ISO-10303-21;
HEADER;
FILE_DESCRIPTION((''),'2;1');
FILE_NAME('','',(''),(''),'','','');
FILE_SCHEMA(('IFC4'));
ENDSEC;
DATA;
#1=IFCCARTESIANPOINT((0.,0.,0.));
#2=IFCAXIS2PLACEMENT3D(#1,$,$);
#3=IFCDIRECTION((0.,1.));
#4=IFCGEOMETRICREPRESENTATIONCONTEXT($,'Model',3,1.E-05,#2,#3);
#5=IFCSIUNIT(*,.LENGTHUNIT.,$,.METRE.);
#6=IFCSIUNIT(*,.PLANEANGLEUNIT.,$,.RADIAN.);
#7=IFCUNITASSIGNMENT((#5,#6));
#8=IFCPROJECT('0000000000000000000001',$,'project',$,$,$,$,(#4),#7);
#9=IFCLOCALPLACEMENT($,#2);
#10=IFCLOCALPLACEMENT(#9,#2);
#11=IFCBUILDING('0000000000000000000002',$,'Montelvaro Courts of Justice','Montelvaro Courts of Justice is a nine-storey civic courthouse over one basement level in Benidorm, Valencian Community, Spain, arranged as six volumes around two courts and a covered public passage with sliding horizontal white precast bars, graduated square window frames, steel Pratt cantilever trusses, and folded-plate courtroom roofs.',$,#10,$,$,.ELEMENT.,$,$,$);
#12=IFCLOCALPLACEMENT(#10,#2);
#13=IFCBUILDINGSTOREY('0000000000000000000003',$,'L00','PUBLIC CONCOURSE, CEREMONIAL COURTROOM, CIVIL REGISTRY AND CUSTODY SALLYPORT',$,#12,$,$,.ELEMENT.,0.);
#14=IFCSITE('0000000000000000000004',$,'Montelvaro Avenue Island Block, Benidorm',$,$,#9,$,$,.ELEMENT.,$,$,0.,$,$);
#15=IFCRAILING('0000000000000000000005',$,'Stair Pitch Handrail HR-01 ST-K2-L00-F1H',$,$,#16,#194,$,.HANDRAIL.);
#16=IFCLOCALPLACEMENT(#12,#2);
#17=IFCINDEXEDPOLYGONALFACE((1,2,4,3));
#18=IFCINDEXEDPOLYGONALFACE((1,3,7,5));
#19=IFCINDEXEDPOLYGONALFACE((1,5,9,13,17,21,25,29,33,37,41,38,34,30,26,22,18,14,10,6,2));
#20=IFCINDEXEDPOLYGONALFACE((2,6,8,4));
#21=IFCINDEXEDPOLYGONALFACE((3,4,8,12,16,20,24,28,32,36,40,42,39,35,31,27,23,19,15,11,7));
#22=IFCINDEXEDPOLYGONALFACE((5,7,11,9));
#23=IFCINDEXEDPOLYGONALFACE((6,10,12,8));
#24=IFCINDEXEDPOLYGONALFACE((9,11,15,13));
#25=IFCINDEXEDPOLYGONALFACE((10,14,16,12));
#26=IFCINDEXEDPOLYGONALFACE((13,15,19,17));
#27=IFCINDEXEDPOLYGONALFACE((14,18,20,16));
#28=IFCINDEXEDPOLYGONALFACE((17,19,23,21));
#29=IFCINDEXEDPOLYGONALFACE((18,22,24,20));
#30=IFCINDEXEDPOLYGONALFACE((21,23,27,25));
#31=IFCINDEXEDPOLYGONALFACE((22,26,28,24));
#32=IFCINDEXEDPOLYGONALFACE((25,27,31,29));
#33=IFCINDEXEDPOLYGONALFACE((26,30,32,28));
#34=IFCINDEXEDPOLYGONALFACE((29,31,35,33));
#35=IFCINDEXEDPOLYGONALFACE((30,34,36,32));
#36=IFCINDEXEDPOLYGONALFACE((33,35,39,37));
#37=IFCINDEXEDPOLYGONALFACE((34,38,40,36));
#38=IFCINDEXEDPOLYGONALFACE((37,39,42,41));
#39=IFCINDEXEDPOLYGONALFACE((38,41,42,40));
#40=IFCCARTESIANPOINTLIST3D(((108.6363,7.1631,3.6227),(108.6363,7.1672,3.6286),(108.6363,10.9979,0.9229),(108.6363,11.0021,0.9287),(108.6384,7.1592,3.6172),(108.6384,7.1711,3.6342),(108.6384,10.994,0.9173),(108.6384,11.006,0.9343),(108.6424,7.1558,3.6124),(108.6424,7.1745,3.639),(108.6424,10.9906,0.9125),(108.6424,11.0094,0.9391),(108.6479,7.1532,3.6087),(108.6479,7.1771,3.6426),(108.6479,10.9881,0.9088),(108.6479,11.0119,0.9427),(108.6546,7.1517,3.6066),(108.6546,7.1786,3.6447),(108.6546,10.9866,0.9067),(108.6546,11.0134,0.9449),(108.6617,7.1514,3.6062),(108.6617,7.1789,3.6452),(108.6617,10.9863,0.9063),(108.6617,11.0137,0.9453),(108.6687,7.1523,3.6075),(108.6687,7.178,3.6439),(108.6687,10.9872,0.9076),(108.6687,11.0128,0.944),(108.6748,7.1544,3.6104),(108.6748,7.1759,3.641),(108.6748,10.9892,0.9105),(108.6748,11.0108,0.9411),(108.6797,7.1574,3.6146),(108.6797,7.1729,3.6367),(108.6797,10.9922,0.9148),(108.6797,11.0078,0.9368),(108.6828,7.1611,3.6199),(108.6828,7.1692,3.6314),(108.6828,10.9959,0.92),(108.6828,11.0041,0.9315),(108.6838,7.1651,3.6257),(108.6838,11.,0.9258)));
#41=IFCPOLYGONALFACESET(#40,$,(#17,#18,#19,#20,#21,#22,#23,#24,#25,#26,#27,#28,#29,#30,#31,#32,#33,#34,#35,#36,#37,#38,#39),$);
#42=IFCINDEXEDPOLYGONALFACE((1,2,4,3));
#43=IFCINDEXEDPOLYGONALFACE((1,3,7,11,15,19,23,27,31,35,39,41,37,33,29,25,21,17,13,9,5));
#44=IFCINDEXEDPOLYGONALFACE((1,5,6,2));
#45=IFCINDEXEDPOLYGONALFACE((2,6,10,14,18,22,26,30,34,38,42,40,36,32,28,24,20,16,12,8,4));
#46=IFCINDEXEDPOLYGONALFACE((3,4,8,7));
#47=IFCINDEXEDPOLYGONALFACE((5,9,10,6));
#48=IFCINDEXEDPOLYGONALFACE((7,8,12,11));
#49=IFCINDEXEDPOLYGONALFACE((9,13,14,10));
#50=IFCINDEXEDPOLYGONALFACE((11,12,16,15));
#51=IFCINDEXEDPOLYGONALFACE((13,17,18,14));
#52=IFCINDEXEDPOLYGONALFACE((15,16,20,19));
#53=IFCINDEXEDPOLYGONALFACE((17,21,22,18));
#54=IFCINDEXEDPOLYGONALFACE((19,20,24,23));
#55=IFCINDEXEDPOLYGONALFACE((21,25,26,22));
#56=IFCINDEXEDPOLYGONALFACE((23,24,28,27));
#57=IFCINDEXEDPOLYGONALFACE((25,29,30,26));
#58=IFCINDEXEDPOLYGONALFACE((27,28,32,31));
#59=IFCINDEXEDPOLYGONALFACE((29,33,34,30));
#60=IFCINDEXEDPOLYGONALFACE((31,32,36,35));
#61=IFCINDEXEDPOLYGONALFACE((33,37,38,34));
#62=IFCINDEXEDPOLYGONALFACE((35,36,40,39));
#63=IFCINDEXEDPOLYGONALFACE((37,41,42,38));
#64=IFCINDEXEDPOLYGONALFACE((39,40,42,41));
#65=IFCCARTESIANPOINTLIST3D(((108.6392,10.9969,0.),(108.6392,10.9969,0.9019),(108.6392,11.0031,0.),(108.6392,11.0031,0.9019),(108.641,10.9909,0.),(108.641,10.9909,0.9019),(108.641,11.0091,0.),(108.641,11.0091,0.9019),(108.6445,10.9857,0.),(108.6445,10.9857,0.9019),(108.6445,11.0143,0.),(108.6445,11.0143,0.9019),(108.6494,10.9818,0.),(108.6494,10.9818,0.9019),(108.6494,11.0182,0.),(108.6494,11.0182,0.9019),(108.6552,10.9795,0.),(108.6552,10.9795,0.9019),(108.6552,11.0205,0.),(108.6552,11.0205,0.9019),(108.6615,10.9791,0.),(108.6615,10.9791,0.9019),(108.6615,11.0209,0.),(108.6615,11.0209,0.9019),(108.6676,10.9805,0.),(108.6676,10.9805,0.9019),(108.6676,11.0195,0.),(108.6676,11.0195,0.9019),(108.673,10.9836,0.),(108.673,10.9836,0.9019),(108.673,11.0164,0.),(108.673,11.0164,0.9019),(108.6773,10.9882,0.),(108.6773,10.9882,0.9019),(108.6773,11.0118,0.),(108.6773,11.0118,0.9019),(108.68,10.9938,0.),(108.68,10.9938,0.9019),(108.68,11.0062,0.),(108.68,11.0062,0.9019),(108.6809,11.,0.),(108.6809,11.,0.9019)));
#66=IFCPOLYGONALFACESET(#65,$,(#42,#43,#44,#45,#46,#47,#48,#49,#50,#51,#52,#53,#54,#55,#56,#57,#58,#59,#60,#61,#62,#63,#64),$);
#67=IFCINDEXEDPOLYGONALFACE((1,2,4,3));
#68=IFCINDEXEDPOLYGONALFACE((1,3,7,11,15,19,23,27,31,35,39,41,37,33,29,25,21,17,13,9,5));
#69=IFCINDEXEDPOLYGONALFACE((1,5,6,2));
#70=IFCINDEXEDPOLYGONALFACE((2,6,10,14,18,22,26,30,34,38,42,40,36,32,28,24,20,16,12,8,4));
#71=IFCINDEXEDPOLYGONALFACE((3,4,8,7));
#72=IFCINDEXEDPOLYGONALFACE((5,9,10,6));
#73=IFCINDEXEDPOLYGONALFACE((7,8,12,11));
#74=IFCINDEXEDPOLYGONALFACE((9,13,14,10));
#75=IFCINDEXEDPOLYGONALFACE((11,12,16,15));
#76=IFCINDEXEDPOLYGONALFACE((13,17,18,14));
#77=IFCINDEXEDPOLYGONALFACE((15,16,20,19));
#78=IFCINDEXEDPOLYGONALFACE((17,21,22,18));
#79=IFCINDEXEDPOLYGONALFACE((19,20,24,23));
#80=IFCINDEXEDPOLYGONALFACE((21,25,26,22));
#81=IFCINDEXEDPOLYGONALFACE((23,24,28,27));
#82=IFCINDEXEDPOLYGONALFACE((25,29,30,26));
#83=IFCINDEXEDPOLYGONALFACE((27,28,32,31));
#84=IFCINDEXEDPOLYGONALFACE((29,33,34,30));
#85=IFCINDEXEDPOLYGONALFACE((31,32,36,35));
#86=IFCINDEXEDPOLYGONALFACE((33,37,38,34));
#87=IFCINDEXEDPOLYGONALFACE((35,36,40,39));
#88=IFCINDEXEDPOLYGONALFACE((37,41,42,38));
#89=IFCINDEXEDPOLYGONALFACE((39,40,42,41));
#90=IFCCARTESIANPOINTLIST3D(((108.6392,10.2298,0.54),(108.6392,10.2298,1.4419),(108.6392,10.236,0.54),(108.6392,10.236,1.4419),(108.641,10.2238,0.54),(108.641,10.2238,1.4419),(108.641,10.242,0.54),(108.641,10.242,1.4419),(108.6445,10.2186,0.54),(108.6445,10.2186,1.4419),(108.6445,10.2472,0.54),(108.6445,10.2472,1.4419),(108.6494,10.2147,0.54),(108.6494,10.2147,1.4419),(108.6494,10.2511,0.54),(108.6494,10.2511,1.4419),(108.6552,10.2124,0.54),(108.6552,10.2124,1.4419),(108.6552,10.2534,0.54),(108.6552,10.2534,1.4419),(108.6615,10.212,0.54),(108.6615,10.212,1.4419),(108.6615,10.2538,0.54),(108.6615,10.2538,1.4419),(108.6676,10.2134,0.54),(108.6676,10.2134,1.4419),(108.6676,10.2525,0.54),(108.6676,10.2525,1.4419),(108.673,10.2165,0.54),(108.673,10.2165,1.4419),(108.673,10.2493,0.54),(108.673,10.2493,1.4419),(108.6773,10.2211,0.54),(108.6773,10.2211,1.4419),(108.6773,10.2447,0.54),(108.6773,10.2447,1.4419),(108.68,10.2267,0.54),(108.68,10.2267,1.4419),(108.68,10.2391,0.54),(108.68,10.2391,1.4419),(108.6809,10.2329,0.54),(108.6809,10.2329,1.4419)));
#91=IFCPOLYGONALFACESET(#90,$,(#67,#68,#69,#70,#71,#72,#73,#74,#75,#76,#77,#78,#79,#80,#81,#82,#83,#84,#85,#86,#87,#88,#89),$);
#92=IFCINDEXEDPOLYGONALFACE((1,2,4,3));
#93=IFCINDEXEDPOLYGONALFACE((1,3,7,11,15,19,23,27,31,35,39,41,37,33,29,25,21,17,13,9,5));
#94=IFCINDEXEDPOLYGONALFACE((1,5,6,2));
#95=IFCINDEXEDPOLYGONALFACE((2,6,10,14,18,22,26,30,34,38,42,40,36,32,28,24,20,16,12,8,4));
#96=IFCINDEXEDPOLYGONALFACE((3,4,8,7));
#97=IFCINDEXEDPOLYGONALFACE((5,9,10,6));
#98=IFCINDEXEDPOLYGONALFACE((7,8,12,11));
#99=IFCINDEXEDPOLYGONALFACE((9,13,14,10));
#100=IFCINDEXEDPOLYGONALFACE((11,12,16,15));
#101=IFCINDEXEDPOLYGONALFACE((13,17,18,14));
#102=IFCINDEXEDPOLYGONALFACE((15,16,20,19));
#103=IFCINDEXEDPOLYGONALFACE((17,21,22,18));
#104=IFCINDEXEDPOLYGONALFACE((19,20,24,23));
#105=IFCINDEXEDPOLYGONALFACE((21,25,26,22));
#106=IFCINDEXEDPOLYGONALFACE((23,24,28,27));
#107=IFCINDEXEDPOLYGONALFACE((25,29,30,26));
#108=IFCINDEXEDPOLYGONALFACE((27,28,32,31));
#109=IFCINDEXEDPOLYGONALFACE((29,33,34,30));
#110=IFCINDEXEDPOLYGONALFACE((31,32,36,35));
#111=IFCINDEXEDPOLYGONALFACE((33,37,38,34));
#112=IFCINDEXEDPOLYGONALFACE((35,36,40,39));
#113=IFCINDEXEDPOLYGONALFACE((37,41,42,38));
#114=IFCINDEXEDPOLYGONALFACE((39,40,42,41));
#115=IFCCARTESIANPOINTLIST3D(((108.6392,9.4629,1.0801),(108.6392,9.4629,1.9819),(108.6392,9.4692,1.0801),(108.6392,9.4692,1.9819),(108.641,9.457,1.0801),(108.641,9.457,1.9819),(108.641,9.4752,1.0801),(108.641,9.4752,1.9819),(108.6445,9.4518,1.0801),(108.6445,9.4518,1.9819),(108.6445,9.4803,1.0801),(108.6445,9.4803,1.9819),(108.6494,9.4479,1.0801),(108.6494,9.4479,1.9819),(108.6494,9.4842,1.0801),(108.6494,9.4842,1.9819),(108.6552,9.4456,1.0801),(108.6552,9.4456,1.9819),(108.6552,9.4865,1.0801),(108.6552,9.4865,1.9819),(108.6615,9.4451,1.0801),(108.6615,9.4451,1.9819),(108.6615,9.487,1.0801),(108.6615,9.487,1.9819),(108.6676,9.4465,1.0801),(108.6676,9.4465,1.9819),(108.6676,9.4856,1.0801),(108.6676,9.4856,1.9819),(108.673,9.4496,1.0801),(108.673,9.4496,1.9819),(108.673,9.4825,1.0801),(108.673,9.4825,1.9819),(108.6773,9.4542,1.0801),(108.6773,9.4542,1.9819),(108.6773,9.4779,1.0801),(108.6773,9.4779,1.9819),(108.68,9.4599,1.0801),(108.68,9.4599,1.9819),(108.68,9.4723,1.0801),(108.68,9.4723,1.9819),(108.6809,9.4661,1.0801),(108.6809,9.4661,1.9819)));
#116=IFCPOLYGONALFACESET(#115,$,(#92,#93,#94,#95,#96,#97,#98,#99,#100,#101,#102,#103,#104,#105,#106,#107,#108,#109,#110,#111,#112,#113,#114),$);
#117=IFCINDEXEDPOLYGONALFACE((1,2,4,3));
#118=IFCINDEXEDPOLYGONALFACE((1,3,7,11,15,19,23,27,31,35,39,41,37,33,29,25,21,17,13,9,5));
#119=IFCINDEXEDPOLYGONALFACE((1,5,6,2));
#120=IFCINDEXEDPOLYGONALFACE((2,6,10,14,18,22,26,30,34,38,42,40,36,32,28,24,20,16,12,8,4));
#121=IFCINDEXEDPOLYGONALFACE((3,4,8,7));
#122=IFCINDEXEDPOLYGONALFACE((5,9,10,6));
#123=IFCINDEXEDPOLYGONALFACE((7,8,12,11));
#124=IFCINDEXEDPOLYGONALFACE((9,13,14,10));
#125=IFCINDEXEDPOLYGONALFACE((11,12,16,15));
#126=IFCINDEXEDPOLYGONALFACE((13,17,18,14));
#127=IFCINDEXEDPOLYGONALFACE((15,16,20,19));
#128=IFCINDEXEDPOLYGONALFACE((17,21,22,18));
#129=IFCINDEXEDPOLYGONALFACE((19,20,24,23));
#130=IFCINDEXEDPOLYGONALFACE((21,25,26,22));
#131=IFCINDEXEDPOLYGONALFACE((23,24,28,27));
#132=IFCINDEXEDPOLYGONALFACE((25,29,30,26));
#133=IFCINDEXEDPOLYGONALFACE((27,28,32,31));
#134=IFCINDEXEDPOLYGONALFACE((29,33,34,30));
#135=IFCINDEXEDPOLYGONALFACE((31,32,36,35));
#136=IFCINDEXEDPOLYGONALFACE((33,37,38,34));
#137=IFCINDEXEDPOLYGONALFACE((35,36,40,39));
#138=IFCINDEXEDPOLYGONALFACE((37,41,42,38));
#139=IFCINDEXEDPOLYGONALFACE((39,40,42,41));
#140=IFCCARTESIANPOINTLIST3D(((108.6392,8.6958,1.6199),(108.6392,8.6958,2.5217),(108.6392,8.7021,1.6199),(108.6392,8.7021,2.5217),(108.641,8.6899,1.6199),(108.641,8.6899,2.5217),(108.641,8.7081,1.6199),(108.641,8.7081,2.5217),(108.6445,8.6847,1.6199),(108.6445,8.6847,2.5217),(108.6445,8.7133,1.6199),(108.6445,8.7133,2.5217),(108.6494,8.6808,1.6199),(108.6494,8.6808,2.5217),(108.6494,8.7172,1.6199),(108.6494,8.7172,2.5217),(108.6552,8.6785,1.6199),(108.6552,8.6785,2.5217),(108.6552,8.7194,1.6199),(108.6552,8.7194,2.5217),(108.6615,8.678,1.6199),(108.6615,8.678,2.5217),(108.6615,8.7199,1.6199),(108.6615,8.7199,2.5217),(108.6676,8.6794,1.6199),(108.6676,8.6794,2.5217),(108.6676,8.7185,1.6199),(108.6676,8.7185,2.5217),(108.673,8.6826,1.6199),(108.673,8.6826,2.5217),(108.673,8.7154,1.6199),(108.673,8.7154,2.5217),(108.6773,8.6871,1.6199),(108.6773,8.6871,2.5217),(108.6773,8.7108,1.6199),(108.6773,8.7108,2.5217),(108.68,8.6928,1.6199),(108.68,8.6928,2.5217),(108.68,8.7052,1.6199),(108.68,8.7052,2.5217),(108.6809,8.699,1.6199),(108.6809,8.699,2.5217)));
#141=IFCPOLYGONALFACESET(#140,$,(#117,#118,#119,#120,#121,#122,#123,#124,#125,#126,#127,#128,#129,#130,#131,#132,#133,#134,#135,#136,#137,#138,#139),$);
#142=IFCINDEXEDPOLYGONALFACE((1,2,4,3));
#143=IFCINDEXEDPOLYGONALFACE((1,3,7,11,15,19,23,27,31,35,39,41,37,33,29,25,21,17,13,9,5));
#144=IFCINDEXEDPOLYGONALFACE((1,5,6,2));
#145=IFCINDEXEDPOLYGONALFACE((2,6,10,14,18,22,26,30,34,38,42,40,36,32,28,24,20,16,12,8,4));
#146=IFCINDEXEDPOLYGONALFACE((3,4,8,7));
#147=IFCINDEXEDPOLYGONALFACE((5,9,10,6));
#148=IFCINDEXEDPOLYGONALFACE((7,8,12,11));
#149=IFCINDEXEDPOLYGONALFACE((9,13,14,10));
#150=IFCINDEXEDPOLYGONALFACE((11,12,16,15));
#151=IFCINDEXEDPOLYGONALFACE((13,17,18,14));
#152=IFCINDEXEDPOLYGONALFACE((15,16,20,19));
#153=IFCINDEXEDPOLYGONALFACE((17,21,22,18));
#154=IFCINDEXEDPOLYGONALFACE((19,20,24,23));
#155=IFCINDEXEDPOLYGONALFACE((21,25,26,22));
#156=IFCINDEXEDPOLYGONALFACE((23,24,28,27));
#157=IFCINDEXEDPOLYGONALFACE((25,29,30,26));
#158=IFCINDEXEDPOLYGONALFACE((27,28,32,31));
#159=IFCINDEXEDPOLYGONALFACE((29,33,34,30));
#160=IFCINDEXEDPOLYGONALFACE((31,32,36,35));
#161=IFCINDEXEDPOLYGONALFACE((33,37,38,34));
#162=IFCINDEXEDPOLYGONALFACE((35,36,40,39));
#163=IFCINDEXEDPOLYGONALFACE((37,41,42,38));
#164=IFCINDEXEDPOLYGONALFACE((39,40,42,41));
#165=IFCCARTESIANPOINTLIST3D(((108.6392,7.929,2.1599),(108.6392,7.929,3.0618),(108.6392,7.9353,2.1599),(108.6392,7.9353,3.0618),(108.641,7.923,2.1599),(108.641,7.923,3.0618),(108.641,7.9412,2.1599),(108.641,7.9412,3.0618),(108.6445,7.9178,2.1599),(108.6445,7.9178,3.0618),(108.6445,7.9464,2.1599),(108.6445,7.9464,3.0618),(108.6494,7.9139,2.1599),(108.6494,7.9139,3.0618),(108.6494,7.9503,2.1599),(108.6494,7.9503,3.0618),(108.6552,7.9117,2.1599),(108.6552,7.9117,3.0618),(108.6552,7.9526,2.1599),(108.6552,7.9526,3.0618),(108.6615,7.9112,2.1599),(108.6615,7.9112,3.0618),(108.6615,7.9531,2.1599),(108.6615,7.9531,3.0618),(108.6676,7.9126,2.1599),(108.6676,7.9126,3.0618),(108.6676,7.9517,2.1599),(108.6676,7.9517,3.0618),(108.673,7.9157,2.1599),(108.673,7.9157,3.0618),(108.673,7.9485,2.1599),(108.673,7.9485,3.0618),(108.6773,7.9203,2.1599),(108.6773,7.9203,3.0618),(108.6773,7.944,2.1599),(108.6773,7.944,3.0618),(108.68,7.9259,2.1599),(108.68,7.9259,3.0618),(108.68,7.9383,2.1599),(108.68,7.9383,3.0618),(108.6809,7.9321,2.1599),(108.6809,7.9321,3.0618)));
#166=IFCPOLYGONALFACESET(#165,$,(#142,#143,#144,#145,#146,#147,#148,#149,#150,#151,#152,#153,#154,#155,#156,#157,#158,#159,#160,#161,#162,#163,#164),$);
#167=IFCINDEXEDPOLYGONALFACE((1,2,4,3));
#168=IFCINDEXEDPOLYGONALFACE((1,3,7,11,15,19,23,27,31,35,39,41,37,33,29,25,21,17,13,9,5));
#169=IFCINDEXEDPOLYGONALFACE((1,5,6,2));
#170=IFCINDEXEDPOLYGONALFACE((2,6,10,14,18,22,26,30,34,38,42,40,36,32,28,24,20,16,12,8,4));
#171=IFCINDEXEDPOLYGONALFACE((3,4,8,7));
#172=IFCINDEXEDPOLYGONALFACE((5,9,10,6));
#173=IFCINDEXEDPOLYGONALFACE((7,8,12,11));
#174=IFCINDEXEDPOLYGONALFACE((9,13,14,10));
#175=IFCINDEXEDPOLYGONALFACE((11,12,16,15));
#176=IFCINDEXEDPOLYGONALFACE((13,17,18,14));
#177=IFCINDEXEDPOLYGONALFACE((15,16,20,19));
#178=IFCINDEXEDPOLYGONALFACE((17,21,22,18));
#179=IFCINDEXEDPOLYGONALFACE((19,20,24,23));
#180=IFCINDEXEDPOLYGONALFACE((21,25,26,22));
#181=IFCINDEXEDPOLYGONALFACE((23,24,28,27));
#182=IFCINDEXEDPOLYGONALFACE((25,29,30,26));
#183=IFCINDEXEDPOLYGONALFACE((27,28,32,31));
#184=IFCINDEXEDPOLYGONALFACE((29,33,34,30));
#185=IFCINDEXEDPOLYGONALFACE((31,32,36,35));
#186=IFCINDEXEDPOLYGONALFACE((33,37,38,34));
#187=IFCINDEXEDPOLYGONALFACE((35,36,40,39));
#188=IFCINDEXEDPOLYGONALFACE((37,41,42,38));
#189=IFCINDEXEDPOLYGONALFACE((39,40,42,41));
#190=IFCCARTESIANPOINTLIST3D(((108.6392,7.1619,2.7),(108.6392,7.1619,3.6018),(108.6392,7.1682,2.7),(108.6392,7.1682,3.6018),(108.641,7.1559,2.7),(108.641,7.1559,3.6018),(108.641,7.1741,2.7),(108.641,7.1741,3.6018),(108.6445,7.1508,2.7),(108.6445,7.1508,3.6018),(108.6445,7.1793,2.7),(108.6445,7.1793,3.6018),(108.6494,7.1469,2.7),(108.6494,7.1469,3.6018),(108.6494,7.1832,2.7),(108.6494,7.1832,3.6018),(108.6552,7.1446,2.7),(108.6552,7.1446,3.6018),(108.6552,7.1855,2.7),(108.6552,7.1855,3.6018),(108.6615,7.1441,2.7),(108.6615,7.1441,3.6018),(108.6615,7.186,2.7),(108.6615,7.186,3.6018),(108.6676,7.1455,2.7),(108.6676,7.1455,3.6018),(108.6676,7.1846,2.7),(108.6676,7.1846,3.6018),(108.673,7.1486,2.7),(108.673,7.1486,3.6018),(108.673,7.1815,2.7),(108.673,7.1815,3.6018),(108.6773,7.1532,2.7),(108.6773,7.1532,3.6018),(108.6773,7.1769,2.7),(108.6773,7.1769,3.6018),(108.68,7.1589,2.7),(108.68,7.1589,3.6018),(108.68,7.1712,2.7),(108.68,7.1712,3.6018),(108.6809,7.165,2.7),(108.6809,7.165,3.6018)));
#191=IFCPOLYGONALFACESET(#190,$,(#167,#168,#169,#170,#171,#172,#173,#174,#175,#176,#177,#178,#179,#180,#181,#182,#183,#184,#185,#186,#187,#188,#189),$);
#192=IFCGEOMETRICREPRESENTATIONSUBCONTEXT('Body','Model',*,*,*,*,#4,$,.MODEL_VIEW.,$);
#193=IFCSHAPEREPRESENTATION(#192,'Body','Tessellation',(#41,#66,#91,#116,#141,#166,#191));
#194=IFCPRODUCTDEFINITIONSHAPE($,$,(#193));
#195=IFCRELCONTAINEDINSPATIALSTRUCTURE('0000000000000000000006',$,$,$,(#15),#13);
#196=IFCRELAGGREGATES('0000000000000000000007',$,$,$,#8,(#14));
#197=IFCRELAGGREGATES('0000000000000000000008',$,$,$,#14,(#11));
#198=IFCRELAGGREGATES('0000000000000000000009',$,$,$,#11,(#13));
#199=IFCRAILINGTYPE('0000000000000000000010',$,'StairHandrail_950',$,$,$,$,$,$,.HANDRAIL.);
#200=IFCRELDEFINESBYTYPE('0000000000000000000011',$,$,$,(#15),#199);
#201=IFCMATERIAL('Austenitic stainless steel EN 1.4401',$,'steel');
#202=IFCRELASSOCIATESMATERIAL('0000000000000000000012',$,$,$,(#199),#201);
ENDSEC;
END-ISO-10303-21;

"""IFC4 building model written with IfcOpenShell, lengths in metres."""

from ifc_helpers import new_model, si_unit, direction, frame, origin, origin_2d, place, context, subcontext, project, spatial, circle, extrude, material, type_object, element, save


model = new_model("IFC4")

# Units and contexts
model_context = context("Model", 3, precision=1e-05, world=origin(), true_north=direction((0.0, 1.0)))
body_context = subcontext(model_context, "Body", "Model", "MODEL_VIEW")
ifc_project = project(units=[si_unit("LENGTHUNIT", "METRE"), si_unit("PLANEANGLEUNIT", "RADIAN")], contexts=[model_context])

# Site, building, storey
site_placement = place(None, origin())
site = spatial("IfcSite", under=ifc_project, at=site_placement, Name="Montelvaro Avenue Island Block, Benidorm", CompositionType="ELEMENT", RefElevation=0.0)
building_placement = place(site_placement, origin())
building = spatial("IfcBuilding", under=site, at=building_placement, Name="Montelvaro Courts of Justice", Description="Montelvaro Courts of Justice is a nine-storey civic courthouse over one basement level in Benidorm, Valencian Community, Spain, arranged as six volumes around two courts and a covered public passage with sliding horizontal white precast bars, graduated square window frames, steel Pratt cantilever trusses, and folded-plate courtroom roofs.", CompositionType="ELEMENT")
storey_placement = place(building_placement, origin())
storey = spatial("IfcBuildingStorey", under=building, at=storey_placement, Name="L00", Description="PUBLIC CONCOURSE, CEREMONIAL COURTROOM, CIVIL REGISTRY AND CUSTODY SALLYPORT", CompositionType="ELEMENT", Elevation=0.0)

# Railing
ifc_material_1 = material(Name="Austenitic stainless steel EN 1.4401", Category="steel")
railing_type_1 = type_object("IfcRailingType", Name="StairHandrail_950", PredefinedType="HANDRAIL", material=ifc_material_1)
railing_1_placement = place(storey_placement, frame((108.6599, 11.0, 0.0)))
element("IfcRailing", 1, at=railing_1_placement, inside=storey, type_object=railing_type_1, Name="Stair Pitch Handrail HR-01 ST-K2-L00-F1H", PredefinedType="HANDRAIL", context=body_context, shape_type="SweptSolid", body=[
    extrude(circle(Radius=0.0239, at=origin_2d()), frame((0.0, 0.0, 0.9258), z_axis=(0.0, -0.817678, 0.575675), x_axis=(1.0, 0.0, 0.0)), (0.0, 0.0, 1.0), 4.6899),
    extrude(circle(Radius=0.021, at=origin_2d()), origin(), (0.0, 0.0, 1.0), 0.9019),
    extrude(circle(Radius=0.021, at=origin_2d()), frame((0.0, -0.7671, 0.54)), (0.0, 0.0, 1.0), 0.9019),
    extrude(circle(Radius=0.021, at=origin_2d()), frame((0.0, -1.5339, 1.0801)), (0.0, 0.0, 1.0), 0.9019),
    extrude(circle(Radius=0.021, at=origin_2d()), frame((0.0, -2.301, 1.6199)), (0.0, 0.0, 1.0), 0.9019),
    extrude(circle(Radius=0.021, at=origin_2d()), frame((0.0, -3.0679, 2.1599)), (0.0, 0.0, 1.0), 0.9019),
    extrude(circle(Radius=0.021, at=origin_2d()), frame((0.0, -3.835, 2.7)), (0.0, 0.0, 1.0), 0.9019),
])

save(model, "model.ifc")
